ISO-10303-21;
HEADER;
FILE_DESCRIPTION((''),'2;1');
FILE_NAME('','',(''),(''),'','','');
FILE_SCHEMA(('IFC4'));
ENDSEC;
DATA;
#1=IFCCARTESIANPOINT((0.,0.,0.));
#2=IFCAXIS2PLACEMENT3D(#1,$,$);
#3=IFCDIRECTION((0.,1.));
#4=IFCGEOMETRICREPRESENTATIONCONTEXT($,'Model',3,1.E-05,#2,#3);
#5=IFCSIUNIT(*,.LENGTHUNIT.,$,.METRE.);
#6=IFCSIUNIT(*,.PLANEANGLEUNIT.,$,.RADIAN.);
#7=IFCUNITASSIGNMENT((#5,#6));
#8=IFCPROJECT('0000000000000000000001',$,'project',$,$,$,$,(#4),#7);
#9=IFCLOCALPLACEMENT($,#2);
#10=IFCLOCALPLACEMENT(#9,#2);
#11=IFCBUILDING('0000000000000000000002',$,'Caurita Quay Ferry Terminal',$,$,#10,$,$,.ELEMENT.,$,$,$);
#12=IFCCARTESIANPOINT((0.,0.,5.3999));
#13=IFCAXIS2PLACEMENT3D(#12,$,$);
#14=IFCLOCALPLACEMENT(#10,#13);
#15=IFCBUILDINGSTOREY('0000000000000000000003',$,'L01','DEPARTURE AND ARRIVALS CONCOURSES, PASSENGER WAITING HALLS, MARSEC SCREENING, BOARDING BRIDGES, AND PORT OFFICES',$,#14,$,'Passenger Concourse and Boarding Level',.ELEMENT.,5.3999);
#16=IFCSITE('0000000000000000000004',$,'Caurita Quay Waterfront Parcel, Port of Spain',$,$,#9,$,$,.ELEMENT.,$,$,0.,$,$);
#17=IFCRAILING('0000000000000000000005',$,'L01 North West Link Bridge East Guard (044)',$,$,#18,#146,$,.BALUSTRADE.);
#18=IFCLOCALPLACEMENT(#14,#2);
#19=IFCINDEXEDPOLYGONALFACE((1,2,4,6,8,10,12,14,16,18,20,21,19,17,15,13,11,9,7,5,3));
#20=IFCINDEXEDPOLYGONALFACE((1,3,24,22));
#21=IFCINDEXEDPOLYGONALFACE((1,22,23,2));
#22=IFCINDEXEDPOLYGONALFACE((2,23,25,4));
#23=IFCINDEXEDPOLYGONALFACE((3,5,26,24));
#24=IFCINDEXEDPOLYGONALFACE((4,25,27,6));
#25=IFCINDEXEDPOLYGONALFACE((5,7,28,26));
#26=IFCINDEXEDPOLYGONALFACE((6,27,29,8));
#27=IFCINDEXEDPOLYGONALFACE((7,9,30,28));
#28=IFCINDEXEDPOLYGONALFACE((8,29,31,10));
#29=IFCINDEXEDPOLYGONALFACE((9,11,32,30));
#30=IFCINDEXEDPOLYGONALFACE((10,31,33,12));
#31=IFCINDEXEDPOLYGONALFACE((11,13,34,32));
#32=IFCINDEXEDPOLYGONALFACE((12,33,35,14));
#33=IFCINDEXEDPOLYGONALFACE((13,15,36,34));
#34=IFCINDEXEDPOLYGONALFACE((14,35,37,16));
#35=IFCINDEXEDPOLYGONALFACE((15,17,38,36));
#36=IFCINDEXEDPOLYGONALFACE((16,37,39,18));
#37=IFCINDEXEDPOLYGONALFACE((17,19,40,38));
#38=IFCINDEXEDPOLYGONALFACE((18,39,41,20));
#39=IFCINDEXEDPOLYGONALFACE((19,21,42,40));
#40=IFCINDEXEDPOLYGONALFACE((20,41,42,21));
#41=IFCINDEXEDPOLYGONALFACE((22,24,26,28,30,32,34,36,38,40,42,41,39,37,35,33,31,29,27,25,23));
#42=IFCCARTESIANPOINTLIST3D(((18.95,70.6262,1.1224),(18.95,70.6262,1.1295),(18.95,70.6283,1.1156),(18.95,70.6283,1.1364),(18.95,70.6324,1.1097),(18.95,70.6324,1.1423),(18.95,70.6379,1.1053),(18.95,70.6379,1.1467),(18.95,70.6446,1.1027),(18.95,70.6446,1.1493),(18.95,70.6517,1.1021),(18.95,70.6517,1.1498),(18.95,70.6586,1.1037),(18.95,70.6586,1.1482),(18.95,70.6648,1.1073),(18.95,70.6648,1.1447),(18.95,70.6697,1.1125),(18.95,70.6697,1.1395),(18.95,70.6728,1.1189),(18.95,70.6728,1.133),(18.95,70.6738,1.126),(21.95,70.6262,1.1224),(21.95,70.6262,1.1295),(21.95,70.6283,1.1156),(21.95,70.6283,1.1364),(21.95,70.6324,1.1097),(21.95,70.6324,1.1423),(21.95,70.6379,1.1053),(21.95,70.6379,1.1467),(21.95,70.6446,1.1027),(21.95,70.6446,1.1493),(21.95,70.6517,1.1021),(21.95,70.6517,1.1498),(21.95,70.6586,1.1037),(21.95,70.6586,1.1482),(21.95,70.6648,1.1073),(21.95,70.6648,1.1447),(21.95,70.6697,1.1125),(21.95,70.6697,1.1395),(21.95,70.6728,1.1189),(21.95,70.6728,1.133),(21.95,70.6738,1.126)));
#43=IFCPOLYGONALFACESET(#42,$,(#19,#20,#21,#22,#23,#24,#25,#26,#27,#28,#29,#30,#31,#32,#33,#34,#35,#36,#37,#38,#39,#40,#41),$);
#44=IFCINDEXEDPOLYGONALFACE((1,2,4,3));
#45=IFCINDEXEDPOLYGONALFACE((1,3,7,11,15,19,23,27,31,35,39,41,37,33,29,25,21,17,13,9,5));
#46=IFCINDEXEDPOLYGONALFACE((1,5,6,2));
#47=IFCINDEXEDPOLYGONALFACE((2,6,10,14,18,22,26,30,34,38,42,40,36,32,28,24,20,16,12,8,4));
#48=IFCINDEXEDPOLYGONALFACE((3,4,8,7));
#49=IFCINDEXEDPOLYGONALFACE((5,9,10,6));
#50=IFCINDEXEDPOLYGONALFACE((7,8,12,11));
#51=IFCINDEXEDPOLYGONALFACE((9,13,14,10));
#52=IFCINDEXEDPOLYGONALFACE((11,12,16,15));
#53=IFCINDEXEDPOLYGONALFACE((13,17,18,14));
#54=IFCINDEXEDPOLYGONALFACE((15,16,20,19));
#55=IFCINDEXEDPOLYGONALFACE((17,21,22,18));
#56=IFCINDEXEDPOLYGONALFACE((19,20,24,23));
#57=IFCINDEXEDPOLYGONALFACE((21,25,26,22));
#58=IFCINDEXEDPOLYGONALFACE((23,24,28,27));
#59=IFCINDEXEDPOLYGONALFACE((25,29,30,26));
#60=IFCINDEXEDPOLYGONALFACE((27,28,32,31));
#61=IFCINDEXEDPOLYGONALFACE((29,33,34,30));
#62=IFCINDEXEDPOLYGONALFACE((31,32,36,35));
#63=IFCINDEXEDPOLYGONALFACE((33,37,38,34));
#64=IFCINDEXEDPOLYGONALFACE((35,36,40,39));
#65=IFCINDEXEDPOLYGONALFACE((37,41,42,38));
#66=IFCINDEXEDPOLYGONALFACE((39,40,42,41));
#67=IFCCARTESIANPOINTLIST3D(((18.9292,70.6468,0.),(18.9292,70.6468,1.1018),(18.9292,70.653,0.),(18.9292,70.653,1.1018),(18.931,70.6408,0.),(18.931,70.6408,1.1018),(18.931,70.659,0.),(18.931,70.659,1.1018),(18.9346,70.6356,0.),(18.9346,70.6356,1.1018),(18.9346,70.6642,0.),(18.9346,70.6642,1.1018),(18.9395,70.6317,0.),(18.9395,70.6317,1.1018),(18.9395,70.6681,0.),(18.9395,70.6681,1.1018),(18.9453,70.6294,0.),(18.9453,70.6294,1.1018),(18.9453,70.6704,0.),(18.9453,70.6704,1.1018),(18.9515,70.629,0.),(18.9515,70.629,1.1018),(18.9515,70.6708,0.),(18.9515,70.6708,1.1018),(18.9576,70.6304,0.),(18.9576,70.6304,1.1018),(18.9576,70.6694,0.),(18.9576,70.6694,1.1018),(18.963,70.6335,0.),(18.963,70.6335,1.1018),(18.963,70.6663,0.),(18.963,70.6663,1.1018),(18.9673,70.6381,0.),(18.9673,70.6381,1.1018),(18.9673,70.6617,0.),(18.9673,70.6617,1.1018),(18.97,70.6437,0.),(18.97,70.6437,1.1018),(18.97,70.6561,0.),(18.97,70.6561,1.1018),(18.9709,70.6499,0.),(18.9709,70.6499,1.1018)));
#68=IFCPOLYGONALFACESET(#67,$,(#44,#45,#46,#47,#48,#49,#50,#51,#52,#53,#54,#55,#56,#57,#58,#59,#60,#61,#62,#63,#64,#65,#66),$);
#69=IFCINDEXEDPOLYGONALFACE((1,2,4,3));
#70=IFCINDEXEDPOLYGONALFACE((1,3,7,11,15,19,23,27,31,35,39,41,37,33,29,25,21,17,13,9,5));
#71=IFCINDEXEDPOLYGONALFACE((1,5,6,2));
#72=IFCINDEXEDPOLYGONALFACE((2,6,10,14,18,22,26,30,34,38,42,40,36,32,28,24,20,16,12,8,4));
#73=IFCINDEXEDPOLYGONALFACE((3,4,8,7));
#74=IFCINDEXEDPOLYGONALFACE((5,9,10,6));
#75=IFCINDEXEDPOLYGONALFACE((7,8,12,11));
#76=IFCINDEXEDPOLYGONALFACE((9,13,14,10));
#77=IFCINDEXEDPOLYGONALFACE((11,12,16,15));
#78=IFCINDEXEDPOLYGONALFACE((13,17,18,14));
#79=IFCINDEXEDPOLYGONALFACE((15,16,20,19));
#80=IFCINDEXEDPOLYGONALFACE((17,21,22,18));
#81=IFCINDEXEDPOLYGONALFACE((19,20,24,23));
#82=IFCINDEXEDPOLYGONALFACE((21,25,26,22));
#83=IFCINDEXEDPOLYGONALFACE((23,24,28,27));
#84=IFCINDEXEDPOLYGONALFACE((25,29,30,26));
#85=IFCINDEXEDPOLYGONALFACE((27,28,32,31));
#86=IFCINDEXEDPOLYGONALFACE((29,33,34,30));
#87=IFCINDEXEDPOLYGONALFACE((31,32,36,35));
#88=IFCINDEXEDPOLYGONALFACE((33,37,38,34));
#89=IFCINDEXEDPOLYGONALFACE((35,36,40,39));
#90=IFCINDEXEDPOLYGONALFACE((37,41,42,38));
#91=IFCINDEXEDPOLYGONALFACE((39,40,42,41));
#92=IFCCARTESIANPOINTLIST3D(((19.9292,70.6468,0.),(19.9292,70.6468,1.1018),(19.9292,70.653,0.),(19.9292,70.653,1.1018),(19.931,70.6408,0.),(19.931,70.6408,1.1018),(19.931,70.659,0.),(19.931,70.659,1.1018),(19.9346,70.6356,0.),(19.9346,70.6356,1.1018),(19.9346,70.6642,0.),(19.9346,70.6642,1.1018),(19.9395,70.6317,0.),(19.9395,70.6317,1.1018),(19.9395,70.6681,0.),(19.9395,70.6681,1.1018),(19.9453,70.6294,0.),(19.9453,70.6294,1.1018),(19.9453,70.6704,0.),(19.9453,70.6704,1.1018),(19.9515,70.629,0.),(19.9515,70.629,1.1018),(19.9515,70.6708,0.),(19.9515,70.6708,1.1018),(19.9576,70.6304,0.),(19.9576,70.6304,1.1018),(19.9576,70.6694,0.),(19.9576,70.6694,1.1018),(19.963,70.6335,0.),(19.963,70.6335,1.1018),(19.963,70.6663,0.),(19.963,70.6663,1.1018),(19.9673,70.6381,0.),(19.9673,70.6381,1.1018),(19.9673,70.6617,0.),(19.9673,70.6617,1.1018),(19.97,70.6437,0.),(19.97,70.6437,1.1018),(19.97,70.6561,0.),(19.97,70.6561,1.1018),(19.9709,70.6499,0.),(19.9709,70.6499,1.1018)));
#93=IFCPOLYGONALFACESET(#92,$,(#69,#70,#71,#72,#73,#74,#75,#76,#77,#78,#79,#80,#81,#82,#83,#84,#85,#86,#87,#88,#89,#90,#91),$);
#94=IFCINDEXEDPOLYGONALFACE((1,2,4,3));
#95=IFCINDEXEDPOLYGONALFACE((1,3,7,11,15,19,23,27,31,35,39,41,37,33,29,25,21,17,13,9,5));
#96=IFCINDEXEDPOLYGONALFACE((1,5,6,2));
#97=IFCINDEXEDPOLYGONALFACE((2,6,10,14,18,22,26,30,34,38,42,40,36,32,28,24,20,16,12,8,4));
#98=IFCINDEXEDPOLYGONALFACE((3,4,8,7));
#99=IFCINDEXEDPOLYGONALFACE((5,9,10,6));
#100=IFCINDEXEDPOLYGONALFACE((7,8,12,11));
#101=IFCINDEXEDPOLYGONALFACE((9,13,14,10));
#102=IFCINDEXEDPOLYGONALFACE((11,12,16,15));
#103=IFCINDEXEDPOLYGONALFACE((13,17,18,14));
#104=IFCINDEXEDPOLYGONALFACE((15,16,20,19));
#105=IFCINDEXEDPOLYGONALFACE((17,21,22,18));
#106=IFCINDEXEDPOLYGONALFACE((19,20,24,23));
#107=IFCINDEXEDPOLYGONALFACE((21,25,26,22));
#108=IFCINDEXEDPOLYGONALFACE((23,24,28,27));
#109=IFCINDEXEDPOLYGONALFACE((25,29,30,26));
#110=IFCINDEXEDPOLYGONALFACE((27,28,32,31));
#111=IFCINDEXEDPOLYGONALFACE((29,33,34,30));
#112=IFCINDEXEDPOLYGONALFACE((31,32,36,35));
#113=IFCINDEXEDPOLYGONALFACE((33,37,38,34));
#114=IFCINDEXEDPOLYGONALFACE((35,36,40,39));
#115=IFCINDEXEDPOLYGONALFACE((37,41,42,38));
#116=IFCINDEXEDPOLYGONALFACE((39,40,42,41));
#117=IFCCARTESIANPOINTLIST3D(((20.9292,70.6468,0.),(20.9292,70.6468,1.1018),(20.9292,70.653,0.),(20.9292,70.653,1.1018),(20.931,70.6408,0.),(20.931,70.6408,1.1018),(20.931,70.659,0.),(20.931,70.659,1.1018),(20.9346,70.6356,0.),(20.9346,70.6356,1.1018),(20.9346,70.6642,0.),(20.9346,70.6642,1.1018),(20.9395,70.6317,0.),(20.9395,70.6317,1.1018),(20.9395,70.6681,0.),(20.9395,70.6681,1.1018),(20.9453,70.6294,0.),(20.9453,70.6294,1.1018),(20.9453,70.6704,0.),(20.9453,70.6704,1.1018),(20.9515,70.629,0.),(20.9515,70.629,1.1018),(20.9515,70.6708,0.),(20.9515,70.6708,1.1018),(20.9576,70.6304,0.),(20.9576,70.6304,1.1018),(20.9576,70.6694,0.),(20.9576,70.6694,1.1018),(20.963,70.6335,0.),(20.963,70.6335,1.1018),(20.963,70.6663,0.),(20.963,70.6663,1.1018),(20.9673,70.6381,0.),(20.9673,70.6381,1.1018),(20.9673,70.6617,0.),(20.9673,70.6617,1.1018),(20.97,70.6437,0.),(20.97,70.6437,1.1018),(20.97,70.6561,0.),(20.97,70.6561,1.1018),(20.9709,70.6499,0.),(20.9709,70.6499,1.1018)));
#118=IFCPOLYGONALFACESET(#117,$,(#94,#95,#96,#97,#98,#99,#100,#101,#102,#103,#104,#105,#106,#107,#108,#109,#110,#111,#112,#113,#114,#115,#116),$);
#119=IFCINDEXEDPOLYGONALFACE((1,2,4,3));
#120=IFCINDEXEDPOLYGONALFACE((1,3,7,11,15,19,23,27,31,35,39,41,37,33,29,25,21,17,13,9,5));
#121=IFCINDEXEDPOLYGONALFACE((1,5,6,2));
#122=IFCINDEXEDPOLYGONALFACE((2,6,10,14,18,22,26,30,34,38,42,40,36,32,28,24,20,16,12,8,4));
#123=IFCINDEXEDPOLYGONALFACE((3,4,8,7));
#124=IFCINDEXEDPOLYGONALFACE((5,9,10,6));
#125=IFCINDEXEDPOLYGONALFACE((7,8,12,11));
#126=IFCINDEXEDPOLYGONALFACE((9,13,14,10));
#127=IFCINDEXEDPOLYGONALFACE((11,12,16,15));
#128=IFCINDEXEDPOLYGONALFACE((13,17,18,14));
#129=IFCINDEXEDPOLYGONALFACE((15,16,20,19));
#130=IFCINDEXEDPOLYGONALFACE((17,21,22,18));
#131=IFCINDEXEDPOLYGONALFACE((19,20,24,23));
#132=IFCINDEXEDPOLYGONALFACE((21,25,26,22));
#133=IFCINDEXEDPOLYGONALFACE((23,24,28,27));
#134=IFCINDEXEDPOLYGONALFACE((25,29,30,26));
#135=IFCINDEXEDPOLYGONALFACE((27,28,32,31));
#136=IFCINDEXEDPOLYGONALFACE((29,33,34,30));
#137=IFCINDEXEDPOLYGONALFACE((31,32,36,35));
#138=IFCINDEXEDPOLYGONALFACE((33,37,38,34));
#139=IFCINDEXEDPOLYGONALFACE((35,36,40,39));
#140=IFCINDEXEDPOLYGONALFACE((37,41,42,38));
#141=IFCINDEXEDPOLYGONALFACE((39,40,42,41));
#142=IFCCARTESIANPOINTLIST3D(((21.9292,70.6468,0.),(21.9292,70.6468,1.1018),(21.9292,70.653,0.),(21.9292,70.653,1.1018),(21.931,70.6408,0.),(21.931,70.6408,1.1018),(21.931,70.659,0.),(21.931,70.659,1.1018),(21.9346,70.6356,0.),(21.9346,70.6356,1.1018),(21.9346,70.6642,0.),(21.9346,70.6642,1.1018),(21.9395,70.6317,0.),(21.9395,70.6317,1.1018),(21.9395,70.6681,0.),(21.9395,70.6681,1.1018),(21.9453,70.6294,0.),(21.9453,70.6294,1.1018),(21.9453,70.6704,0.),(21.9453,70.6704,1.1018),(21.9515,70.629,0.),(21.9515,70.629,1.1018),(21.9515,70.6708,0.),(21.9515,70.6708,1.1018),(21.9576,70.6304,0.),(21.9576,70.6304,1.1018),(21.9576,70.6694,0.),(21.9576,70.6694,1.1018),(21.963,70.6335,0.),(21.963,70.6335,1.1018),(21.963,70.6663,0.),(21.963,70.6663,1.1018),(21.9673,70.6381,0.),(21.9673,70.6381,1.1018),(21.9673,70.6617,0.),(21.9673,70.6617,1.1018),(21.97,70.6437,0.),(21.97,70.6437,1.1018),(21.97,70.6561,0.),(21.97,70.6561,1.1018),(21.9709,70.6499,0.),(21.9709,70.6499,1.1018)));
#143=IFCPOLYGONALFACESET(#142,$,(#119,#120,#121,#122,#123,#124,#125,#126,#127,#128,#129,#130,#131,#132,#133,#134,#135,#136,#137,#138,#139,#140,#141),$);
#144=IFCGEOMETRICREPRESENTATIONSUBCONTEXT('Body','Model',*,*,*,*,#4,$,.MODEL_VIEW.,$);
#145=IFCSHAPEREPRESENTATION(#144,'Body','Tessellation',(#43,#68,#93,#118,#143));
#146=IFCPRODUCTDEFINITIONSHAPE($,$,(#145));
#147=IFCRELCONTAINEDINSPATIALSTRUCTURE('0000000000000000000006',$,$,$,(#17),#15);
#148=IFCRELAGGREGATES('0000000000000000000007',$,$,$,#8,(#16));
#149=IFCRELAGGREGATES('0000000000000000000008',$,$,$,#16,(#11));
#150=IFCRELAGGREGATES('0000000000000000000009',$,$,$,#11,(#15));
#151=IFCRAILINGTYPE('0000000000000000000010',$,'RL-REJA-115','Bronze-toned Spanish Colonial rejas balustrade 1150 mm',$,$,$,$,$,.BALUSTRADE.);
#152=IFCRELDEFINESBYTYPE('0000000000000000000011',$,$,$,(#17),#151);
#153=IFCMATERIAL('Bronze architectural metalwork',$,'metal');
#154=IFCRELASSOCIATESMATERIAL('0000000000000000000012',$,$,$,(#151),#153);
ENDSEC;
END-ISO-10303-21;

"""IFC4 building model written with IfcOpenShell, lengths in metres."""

from ifc_helpers import new_model, si_unit, direction, frame, origin, origin_2d, place, context, subcontext, project, spatial, circle, extrude, material, type_object, element, save


model = new_model("IFC4")

# Units and contexts
model_context = context("Model", 3, precision=1e-05, world=origin(), true_north=direction((0.0, 1.0)))
body_context = subcontext(model_context, "Body", "Model", "MODEL_VIEW")
ifc_project = project(units=[si_unit("LENGTHUNIT", "METRE"), si_unit("PLANEANGLEUNIT", "RADIAN")], contexts=[model_context])

# Site, building, storey
site_placement = place(None, origin())
site = spatial("IfcSite", under=ifc_project, at=site_placement, Name="Caurita Quay Waterfront Parcel, Port of Spain", CompositionType="ELEMENT", RefElevation=0.0)
building_placement = place(site_placement, origin())
building = spatial("IfcBuilding", under=site, at=building_placement, Name="Caurita Quay Ferry Terminal", CompositionType="ELEMENT")
storey_placement = place(building_placement, frame((0.0, 0.0, 5.3999)))
storey = spatial("IfcBuildingStorey", under=building, at=storey_placement, Name="L01", Description="DEPARTURE AND ARRIVALS CONCOURSES, PASSENGER WAITING HALLS, MARSEC SCREENING, BOARDING BRIDGES, AND PORT OFFICES", LongName="Passenger Concourse and Boarding Level", CompositionType="ELEMENT", Elevation=5.3999)

# Railing
ifc_material_1 = material(Name="Bronze architectural metalwork", Category="metal")
railing_type_1 = type_object("IfcRailingType", Name="RL-REJA-115", Description="Bronze-toned Spanish Colonial rejas balustrade 1150 mm", PredefinedType="BALUSTRADE", material=ifc_material_1)
railing_1_placement = place(storey_placement, frame((18.95, 70.6499, 0.0)))
element("IfcRailing", 1, at=railing_1_placement, inside=storey, type_object=railing_type_1, Name="L01 North West Link Bridge East Guard (044)", PredefinedType="BALUSTRADE", context=body_context, shape_type="SweptSolid", body=[
    extrude(circle(Radius=0.0239, at=origin_2d()), frame((0.0, 0.0, 1.126), z_axis=(1.0, 0.0, 0.0), x_axis=(0.0, 1.0, 0.0)), (0.0, 0.0, 1.0), 3.0),
    extrude(circle(Radius=0.021, at=origin_2d()), origin(), (0.0, 0.0, 1.0), 1.1018),
    extrude(circle(Radius=0.021, at=origin_2d()), frame((1.0, 0.0, 0.0)), (0.0, 0.0, 1.0), 1.1018),
    extrude(circle(Radius=0.021, at=origin_2d()), frame((2.0, 0.0, 0.0)), (0.0, 0.0, 1.0), 1.1018),
    extrude(circle(Radius=0.021, at=origin_2d()), frame((3.0, 0.0, 0.0)), (0.0, 0.0, 1.0), 1.1018),
])

save(model, "model.ifc")
